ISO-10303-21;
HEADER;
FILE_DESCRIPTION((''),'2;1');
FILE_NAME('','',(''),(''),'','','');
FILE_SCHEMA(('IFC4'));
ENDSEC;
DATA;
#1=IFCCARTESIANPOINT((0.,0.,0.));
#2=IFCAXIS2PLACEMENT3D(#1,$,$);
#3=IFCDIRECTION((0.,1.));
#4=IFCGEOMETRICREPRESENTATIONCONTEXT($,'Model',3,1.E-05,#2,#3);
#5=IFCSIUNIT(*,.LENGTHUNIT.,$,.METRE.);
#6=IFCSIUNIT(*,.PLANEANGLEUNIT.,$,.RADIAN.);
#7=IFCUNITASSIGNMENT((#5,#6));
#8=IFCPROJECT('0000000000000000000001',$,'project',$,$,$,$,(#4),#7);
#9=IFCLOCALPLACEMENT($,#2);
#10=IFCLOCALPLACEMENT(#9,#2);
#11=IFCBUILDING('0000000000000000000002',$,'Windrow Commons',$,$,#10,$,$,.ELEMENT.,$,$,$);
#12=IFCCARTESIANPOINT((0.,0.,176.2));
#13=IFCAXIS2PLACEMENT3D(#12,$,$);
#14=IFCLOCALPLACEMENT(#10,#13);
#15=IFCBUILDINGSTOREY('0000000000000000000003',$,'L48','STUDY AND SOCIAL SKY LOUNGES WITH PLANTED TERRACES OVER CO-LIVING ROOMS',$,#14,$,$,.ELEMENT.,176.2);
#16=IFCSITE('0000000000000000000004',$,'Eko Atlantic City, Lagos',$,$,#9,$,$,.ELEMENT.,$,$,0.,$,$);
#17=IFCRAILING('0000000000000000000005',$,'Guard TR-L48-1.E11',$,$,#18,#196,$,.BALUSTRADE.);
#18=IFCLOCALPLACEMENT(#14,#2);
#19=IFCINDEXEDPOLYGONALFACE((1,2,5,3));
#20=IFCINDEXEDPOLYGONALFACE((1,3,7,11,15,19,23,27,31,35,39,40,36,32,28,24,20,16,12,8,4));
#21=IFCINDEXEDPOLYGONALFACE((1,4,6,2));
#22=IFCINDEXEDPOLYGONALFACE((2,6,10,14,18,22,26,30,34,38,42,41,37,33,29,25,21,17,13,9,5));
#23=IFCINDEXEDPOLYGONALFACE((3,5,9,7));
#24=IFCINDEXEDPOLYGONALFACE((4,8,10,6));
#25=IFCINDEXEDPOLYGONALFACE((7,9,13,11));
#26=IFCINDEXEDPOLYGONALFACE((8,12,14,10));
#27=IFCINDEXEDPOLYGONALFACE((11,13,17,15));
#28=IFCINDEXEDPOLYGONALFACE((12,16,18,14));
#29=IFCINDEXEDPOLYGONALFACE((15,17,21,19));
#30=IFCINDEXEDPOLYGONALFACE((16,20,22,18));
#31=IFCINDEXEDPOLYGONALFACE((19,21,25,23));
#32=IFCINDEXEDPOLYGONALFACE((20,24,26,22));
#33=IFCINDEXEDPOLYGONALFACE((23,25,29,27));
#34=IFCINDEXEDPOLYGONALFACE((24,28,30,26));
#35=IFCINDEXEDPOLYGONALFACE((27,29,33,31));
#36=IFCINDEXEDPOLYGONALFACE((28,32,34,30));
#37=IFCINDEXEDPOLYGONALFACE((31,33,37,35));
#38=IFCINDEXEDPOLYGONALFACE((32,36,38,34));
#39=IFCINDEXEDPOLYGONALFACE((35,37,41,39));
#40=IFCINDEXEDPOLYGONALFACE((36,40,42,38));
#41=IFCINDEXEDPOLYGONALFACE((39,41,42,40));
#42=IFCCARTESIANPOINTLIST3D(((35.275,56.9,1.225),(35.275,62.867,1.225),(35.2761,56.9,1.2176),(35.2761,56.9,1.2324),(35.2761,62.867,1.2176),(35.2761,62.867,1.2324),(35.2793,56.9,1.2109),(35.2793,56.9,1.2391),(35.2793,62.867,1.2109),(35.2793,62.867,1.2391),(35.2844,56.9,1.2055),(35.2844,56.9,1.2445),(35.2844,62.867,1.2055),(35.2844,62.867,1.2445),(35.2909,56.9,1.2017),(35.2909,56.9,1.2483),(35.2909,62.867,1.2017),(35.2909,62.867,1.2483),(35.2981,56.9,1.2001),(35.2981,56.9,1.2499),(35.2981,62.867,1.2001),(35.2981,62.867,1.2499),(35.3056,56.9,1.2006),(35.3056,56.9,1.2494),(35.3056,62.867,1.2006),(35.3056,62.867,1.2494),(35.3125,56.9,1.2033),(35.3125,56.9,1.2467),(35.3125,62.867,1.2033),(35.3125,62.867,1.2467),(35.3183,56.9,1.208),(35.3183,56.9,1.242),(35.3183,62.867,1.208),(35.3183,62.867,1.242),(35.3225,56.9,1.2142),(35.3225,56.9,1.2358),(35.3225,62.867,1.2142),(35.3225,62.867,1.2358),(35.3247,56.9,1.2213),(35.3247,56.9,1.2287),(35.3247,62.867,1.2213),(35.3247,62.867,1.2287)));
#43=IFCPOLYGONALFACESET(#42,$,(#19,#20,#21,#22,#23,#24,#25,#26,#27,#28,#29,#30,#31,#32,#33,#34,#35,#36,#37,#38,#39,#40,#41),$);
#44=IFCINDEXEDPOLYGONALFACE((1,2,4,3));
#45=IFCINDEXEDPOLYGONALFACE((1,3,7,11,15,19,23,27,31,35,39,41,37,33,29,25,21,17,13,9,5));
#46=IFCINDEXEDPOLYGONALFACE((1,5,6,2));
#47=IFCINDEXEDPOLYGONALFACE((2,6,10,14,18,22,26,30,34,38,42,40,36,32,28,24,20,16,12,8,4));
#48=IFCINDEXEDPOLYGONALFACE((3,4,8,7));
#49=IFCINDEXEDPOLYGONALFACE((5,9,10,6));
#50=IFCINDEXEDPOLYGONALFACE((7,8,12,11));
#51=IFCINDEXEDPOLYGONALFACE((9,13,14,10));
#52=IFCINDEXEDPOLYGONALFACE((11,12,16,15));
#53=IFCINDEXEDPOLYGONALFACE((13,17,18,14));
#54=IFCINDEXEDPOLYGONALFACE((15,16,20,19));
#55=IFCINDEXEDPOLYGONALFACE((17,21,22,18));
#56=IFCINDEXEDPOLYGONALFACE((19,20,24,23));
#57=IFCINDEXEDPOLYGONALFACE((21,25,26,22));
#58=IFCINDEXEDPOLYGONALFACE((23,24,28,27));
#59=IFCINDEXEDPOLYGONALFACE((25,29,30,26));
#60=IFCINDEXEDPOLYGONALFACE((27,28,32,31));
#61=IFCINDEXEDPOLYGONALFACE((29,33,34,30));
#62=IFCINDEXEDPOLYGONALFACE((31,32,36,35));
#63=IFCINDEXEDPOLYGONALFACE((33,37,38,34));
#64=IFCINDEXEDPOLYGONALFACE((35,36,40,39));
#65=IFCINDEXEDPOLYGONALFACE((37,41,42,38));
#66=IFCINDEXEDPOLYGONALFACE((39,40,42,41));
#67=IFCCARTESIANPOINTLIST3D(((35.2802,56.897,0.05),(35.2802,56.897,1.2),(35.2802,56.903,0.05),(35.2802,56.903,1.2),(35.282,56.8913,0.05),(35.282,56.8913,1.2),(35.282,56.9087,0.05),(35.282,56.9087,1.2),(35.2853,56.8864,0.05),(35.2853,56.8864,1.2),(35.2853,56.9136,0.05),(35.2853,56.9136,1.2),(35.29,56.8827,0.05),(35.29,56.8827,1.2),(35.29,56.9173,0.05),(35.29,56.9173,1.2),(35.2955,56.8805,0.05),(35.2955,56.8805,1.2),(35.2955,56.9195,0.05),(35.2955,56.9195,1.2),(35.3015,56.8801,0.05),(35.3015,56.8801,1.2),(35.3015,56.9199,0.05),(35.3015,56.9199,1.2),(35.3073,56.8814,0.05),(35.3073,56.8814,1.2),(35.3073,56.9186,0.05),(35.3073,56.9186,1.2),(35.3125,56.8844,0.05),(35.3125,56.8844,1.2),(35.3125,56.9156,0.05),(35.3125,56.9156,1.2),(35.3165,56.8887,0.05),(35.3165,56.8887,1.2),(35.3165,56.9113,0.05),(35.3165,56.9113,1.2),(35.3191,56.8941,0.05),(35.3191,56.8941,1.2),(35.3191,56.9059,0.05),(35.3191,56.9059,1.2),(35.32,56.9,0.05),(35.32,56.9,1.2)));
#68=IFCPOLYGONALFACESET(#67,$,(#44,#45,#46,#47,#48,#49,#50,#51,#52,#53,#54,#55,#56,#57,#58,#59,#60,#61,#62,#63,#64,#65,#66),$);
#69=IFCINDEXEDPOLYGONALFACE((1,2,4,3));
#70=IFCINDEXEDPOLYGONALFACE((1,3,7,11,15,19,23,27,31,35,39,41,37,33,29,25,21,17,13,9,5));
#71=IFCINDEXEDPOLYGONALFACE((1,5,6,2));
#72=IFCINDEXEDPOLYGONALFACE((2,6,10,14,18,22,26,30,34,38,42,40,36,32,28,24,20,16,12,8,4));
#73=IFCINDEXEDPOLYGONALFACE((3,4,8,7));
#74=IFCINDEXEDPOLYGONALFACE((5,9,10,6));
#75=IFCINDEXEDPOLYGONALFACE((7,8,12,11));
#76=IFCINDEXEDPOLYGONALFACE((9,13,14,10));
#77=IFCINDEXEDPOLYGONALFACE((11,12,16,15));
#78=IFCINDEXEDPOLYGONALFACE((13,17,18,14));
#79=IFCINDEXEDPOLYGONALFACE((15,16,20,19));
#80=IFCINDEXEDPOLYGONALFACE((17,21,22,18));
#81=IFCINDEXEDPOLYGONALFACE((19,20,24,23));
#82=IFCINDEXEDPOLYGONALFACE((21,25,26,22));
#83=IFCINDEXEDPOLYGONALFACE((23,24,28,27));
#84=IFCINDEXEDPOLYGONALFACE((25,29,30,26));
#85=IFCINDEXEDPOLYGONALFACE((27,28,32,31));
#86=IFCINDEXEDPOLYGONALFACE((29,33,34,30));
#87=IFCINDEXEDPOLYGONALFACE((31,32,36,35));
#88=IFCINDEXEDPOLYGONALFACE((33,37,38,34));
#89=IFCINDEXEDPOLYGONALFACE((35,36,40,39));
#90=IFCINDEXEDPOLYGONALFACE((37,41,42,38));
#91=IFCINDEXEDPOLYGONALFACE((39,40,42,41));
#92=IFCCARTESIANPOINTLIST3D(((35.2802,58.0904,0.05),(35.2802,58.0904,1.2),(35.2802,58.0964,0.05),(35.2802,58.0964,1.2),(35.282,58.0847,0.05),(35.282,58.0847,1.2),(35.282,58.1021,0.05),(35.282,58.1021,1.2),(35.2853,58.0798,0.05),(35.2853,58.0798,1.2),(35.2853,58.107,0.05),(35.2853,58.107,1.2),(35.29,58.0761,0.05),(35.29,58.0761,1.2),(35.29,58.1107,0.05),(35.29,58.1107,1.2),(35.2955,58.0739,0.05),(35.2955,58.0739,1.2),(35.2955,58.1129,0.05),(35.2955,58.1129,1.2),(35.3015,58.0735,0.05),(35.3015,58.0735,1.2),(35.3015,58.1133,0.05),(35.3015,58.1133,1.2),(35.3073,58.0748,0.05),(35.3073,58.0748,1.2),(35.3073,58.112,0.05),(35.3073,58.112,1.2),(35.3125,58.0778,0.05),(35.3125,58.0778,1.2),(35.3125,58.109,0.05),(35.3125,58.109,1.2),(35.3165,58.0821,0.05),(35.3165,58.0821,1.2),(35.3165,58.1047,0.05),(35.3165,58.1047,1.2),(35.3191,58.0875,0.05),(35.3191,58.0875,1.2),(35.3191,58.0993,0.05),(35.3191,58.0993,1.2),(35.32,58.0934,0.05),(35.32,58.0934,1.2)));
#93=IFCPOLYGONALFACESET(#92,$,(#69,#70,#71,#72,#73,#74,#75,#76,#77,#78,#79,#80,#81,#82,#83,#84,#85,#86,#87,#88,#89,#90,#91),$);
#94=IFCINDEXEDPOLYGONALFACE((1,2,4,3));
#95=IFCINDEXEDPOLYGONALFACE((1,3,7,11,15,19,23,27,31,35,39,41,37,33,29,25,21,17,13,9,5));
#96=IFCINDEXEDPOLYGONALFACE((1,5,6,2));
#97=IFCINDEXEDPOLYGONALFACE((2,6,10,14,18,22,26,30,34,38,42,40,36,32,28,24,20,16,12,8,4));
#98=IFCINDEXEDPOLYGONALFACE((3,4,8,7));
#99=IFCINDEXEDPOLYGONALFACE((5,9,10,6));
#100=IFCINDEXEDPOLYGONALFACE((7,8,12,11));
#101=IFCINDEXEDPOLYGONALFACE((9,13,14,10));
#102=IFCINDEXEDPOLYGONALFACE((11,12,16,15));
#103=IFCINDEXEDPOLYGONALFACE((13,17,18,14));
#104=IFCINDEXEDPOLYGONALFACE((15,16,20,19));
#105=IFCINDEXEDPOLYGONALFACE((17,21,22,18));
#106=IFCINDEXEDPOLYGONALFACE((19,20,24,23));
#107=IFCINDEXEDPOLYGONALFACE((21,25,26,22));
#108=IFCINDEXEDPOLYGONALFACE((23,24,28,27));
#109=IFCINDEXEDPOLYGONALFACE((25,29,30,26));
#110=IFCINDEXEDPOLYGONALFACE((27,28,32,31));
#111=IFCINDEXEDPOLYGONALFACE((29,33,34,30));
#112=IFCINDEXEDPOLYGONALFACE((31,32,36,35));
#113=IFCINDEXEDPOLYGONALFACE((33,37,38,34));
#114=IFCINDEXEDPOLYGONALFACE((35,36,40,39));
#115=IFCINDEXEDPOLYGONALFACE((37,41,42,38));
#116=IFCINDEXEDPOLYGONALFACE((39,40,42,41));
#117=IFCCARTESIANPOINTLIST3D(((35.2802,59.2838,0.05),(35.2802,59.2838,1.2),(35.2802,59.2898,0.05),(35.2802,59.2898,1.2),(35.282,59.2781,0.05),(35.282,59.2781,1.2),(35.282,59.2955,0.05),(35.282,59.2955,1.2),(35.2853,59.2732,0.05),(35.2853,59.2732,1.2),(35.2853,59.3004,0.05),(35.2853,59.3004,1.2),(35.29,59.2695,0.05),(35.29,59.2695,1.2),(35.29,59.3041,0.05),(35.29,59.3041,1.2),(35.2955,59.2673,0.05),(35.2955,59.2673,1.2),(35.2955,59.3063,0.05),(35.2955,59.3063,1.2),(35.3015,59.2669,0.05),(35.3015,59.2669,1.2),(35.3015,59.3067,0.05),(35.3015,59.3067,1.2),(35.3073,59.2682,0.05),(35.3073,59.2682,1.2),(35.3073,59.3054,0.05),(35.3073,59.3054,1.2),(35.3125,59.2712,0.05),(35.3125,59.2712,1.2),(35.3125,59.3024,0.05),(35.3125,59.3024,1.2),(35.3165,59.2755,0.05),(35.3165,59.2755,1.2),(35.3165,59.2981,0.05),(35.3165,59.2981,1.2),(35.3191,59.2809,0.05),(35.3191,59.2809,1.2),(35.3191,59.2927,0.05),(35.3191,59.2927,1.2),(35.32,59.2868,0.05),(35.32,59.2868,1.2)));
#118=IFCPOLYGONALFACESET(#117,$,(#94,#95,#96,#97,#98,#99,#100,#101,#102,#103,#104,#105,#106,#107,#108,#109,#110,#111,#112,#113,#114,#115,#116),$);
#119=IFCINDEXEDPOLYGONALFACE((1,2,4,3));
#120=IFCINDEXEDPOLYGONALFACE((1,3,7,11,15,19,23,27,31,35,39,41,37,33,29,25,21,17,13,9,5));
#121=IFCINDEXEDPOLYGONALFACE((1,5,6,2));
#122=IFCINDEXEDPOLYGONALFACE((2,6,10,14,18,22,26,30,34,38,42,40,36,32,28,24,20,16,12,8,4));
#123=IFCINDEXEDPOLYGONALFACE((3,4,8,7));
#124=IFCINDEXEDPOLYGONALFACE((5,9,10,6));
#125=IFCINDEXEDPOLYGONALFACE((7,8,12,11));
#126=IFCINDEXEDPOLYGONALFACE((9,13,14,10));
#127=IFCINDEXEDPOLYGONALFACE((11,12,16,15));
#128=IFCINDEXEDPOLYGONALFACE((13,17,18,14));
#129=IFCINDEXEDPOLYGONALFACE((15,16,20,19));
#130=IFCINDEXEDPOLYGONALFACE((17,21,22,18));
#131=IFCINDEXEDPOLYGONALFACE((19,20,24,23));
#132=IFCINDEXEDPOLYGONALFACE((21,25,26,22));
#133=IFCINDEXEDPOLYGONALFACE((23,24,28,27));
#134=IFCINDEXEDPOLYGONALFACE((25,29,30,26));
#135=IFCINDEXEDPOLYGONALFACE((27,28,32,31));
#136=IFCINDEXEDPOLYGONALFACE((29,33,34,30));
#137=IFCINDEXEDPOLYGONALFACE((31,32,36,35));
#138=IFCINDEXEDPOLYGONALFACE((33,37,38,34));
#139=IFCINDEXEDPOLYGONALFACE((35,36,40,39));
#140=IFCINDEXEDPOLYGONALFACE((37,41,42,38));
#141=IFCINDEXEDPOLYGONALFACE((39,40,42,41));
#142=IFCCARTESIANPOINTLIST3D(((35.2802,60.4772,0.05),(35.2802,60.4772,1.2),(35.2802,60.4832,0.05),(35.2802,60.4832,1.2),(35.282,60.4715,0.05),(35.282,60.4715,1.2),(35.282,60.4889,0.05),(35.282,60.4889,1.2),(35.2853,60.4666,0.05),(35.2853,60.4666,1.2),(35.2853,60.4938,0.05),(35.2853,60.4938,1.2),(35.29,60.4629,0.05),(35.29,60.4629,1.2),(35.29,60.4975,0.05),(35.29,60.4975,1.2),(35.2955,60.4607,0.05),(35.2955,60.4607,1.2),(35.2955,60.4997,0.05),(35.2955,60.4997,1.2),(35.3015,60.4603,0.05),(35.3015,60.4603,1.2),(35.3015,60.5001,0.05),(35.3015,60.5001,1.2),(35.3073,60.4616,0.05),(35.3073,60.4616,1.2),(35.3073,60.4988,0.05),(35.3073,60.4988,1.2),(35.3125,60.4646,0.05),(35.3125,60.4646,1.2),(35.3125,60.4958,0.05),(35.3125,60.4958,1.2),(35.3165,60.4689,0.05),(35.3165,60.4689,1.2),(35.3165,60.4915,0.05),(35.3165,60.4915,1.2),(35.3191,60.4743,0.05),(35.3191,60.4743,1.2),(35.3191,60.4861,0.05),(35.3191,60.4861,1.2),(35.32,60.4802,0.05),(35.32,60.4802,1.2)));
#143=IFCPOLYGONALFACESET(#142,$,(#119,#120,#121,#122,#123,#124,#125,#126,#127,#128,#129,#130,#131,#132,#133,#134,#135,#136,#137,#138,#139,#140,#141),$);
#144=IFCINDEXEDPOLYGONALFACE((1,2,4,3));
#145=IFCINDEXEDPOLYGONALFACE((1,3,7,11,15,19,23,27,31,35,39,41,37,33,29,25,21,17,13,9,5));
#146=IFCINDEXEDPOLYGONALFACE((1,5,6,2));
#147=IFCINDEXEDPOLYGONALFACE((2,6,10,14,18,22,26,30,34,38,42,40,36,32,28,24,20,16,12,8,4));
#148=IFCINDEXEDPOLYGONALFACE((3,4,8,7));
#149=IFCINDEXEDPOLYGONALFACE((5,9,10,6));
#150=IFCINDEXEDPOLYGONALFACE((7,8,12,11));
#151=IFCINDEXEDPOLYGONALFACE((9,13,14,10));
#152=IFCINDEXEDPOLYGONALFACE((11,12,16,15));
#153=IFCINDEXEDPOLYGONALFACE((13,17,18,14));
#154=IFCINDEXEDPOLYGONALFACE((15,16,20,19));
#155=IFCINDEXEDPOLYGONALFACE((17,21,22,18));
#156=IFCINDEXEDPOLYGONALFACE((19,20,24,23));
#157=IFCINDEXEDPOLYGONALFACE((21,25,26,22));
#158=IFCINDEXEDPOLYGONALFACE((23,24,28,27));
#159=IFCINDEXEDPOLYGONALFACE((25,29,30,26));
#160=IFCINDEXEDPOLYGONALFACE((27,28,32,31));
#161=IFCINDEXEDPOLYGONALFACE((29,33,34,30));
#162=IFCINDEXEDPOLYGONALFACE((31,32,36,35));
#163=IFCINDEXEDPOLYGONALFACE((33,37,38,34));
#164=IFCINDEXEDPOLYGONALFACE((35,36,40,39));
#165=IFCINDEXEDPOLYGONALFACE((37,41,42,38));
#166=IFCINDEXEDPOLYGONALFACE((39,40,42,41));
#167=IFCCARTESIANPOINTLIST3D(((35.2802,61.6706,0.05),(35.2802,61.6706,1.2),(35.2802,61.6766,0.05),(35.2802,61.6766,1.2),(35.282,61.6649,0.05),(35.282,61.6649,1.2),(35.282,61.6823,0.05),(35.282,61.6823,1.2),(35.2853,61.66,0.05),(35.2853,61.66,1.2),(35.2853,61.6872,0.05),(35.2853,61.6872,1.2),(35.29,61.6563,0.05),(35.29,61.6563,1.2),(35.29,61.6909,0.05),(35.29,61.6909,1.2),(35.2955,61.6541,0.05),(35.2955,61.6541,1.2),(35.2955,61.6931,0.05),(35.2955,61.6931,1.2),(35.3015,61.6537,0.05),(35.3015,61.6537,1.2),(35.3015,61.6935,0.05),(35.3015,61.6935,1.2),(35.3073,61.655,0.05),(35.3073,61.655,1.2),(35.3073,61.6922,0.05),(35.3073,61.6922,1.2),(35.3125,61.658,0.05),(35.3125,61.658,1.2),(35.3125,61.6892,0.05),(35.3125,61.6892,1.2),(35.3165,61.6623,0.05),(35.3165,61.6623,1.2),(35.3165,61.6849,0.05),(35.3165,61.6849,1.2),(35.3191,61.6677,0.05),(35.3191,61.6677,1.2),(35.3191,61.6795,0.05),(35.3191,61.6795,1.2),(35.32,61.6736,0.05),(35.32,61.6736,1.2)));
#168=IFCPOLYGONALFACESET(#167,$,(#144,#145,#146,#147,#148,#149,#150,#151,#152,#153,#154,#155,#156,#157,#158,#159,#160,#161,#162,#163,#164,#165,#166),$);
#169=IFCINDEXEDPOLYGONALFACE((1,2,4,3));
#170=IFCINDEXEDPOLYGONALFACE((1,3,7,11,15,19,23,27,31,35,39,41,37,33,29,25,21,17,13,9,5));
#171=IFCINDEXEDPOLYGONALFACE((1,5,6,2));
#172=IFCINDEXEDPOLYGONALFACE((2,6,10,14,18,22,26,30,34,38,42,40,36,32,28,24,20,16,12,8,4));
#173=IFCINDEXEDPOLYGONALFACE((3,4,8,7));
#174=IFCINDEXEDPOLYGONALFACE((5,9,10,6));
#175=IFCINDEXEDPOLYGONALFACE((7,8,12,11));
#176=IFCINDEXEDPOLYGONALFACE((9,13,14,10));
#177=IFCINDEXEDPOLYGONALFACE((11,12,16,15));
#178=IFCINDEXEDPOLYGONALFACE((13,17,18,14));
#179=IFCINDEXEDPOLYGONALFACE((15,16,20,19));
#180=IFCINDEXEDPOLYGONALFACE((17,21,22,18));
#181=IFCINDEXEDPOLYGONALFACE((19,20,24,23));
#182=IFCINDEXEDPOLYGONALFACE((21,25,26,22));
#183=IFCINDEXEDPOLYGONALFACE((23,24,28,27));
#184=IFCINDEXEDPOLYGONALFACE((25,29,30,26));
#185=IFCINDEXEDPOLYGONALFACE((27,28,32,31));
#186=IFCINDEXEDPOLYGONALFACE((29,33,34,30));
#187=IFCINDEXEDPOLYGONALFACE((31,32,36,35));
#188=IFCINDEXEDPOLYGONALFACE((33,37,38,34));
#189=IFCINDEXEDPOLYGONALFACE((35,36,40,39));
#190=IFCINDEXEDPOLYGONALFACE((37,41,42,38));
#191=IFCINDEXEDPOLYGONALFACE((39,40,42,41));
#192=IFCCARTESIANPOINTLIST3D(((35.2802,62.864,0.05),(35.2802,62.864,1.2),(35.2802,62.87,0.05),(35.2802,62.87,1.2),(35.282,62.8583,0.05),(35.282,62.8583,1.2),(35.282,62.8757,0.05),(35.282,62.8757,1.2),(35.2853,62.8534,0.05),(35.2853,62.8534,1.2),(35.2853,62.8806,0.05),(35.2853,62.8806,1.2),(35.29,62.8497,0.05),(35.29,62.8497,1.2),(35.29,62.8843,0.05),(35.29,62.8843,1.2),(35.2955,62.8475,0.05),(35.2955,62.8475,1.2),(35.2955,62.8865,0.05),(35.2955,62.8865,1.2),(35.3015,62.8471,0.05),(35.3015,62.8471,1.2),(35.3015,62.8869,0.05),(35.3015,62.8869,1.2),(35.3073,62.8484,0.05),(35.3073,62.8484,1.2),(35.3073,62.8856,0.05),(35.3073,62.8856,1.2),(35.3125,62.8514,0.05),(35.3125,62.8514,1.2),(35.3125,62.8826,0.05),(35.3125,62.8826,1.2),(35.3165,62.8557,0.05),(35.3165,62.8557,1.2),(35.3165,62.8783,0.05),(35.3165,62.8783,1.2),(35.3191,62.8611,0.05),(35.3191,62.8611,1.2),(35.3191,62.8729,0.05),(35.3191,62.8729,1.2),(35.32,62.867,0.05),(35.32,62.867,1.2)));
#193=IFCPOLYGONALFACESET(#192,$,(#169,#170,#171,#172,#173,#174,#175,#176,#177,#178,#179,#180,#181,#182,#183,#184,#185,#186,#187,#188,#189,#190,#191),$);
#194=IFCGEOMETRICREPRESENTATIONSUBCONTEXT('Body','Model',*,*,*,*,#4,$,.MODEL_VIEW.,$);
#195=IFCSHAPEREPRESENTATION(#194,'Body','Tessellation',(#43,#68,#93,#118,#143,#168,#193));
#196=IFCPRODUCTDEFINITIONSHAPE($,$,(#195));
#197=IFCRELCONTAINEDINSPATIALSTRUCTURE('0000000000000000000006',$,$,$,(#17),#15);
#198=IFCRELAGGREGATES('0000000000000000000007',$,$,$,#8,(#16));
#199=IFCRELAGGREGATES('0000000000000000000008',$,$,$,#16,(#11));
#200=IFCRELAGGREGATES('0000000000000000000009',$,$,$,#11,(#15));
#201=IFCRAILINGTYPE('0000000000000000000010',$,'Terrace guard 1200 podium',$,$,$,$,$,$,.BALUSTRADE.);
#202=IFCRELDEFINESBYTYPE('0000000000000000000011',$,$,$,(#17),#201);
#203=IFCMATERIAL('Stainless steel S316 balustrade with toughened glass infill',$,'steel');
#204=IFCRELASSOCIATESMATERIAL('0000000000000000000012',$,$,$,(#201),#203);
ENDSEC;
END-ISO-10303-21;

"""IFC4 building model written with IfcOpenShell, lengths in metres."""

from ifc_helpers import new_model, si_unit, direction, frame, origin, origin_2d, place, context, subcontext, project, spatial, circle, extrude, material, type_object, element, save


model = new_model("IFC4")

# Units and contexts
model_context = context("Model", 3, precision=1e-05, world=origin(), true_north=direction((0.0, 1.0)))
body_context = subcontext(model_context, "Body", "Model", "MODEL_VIEW")
ifc_project = project(units=[si_unit("LENGTHUNIT", "METRE"), si_unit("PLANEANGLEUNIT", "RADIAN")], contexts=[model_context])

# Site, building, storey
site_placement = place(None, origin())
site = spatial("IfcSite", under=ifc_project, at=site_placement, Name="Eko Atlantic City, Lagos", CompositionType="ELEMENT", RefElevation=0.0)
building_placement = place(site_placement, origin())
building = spatial("IfcBuilding", under=site, at=building_placement, Name="Windrow Commons", CompositionType="ELEMENT")
storey_placement = place(building_placement, frame((0.0, 0.0, 176.2)))
storey = spatial("IfcBuildingStorey", under=building, at=storey_placement, Name="L48", Description="STUDY AND SOCIAL SKY LOUNGES WITH PLANTED TERRACES OVER CO-LIVING ROOMS", CompositionType="ELEMENT", Elevation=176.2)

# Railing
ifc_material_1 = material(Name="Stainless steel S316 balustrade with toughened glass infill", Category="steel")
railing_type = type_object("IfcRailingType", Name="Terrace guard 1200 podium", PredefinedType="BALUSTRADE", material=ifc_material_1)
railing_1_placement = place(storey_placement, frame((35.3, 56.9, 0.05)))
element("IfcRailing", 1, at=railing_1_placement, inside=storey, type_object=railing_type, Name="Guard TR-L48-1.E11", PredefinedType="BALUSTRADE", context=body_context, shape_type="SweptSolid", body=[
    extrude(circle(Radius=0.025, at=origin_2d()), frame((0.0, 0.0, 1.175), z_axis=(0.0, 1.0, 0.0), x_axis=(-1.0, 0.0, 0.0)), (0.0, 0.0, 1.0), 5.967),
    extrude(circle(Radius=0.02, at=origin_2d()), origin(), (0.0, 0.0, 1.0), 1.15),
    extrude(circle(Radius=0.02, at=origin_2d()), frame((0.0, 1.1934, 0.0)), (0.0, 0.0, 1.0), 1.15),
    extrude(circle(Radius=0.02, at=origin_2d()), frame((0.0, 2.3868, 0.0)), (0.0, 0.0, 1.0), 1.15),
    extrude(circle(Radius=0.02, at=origin_2d()), frame((0.0, 3.5802, 0.0)), (0.0, 0.0, 1.0), 1.15),
    extrude(circle(Radius=0.02, at=origin_2d()), frame((0.0, 4.7736, 0.0)), (0.0, 0.0, 1.0), 1.15),
    extrude(circle(Radius=0.02, at=origin_2d()), frame((0.0, 5.967, 0.0)), (0.0, 0.0, 1.0), 1.15),
])

save(model, "model.ifc")
